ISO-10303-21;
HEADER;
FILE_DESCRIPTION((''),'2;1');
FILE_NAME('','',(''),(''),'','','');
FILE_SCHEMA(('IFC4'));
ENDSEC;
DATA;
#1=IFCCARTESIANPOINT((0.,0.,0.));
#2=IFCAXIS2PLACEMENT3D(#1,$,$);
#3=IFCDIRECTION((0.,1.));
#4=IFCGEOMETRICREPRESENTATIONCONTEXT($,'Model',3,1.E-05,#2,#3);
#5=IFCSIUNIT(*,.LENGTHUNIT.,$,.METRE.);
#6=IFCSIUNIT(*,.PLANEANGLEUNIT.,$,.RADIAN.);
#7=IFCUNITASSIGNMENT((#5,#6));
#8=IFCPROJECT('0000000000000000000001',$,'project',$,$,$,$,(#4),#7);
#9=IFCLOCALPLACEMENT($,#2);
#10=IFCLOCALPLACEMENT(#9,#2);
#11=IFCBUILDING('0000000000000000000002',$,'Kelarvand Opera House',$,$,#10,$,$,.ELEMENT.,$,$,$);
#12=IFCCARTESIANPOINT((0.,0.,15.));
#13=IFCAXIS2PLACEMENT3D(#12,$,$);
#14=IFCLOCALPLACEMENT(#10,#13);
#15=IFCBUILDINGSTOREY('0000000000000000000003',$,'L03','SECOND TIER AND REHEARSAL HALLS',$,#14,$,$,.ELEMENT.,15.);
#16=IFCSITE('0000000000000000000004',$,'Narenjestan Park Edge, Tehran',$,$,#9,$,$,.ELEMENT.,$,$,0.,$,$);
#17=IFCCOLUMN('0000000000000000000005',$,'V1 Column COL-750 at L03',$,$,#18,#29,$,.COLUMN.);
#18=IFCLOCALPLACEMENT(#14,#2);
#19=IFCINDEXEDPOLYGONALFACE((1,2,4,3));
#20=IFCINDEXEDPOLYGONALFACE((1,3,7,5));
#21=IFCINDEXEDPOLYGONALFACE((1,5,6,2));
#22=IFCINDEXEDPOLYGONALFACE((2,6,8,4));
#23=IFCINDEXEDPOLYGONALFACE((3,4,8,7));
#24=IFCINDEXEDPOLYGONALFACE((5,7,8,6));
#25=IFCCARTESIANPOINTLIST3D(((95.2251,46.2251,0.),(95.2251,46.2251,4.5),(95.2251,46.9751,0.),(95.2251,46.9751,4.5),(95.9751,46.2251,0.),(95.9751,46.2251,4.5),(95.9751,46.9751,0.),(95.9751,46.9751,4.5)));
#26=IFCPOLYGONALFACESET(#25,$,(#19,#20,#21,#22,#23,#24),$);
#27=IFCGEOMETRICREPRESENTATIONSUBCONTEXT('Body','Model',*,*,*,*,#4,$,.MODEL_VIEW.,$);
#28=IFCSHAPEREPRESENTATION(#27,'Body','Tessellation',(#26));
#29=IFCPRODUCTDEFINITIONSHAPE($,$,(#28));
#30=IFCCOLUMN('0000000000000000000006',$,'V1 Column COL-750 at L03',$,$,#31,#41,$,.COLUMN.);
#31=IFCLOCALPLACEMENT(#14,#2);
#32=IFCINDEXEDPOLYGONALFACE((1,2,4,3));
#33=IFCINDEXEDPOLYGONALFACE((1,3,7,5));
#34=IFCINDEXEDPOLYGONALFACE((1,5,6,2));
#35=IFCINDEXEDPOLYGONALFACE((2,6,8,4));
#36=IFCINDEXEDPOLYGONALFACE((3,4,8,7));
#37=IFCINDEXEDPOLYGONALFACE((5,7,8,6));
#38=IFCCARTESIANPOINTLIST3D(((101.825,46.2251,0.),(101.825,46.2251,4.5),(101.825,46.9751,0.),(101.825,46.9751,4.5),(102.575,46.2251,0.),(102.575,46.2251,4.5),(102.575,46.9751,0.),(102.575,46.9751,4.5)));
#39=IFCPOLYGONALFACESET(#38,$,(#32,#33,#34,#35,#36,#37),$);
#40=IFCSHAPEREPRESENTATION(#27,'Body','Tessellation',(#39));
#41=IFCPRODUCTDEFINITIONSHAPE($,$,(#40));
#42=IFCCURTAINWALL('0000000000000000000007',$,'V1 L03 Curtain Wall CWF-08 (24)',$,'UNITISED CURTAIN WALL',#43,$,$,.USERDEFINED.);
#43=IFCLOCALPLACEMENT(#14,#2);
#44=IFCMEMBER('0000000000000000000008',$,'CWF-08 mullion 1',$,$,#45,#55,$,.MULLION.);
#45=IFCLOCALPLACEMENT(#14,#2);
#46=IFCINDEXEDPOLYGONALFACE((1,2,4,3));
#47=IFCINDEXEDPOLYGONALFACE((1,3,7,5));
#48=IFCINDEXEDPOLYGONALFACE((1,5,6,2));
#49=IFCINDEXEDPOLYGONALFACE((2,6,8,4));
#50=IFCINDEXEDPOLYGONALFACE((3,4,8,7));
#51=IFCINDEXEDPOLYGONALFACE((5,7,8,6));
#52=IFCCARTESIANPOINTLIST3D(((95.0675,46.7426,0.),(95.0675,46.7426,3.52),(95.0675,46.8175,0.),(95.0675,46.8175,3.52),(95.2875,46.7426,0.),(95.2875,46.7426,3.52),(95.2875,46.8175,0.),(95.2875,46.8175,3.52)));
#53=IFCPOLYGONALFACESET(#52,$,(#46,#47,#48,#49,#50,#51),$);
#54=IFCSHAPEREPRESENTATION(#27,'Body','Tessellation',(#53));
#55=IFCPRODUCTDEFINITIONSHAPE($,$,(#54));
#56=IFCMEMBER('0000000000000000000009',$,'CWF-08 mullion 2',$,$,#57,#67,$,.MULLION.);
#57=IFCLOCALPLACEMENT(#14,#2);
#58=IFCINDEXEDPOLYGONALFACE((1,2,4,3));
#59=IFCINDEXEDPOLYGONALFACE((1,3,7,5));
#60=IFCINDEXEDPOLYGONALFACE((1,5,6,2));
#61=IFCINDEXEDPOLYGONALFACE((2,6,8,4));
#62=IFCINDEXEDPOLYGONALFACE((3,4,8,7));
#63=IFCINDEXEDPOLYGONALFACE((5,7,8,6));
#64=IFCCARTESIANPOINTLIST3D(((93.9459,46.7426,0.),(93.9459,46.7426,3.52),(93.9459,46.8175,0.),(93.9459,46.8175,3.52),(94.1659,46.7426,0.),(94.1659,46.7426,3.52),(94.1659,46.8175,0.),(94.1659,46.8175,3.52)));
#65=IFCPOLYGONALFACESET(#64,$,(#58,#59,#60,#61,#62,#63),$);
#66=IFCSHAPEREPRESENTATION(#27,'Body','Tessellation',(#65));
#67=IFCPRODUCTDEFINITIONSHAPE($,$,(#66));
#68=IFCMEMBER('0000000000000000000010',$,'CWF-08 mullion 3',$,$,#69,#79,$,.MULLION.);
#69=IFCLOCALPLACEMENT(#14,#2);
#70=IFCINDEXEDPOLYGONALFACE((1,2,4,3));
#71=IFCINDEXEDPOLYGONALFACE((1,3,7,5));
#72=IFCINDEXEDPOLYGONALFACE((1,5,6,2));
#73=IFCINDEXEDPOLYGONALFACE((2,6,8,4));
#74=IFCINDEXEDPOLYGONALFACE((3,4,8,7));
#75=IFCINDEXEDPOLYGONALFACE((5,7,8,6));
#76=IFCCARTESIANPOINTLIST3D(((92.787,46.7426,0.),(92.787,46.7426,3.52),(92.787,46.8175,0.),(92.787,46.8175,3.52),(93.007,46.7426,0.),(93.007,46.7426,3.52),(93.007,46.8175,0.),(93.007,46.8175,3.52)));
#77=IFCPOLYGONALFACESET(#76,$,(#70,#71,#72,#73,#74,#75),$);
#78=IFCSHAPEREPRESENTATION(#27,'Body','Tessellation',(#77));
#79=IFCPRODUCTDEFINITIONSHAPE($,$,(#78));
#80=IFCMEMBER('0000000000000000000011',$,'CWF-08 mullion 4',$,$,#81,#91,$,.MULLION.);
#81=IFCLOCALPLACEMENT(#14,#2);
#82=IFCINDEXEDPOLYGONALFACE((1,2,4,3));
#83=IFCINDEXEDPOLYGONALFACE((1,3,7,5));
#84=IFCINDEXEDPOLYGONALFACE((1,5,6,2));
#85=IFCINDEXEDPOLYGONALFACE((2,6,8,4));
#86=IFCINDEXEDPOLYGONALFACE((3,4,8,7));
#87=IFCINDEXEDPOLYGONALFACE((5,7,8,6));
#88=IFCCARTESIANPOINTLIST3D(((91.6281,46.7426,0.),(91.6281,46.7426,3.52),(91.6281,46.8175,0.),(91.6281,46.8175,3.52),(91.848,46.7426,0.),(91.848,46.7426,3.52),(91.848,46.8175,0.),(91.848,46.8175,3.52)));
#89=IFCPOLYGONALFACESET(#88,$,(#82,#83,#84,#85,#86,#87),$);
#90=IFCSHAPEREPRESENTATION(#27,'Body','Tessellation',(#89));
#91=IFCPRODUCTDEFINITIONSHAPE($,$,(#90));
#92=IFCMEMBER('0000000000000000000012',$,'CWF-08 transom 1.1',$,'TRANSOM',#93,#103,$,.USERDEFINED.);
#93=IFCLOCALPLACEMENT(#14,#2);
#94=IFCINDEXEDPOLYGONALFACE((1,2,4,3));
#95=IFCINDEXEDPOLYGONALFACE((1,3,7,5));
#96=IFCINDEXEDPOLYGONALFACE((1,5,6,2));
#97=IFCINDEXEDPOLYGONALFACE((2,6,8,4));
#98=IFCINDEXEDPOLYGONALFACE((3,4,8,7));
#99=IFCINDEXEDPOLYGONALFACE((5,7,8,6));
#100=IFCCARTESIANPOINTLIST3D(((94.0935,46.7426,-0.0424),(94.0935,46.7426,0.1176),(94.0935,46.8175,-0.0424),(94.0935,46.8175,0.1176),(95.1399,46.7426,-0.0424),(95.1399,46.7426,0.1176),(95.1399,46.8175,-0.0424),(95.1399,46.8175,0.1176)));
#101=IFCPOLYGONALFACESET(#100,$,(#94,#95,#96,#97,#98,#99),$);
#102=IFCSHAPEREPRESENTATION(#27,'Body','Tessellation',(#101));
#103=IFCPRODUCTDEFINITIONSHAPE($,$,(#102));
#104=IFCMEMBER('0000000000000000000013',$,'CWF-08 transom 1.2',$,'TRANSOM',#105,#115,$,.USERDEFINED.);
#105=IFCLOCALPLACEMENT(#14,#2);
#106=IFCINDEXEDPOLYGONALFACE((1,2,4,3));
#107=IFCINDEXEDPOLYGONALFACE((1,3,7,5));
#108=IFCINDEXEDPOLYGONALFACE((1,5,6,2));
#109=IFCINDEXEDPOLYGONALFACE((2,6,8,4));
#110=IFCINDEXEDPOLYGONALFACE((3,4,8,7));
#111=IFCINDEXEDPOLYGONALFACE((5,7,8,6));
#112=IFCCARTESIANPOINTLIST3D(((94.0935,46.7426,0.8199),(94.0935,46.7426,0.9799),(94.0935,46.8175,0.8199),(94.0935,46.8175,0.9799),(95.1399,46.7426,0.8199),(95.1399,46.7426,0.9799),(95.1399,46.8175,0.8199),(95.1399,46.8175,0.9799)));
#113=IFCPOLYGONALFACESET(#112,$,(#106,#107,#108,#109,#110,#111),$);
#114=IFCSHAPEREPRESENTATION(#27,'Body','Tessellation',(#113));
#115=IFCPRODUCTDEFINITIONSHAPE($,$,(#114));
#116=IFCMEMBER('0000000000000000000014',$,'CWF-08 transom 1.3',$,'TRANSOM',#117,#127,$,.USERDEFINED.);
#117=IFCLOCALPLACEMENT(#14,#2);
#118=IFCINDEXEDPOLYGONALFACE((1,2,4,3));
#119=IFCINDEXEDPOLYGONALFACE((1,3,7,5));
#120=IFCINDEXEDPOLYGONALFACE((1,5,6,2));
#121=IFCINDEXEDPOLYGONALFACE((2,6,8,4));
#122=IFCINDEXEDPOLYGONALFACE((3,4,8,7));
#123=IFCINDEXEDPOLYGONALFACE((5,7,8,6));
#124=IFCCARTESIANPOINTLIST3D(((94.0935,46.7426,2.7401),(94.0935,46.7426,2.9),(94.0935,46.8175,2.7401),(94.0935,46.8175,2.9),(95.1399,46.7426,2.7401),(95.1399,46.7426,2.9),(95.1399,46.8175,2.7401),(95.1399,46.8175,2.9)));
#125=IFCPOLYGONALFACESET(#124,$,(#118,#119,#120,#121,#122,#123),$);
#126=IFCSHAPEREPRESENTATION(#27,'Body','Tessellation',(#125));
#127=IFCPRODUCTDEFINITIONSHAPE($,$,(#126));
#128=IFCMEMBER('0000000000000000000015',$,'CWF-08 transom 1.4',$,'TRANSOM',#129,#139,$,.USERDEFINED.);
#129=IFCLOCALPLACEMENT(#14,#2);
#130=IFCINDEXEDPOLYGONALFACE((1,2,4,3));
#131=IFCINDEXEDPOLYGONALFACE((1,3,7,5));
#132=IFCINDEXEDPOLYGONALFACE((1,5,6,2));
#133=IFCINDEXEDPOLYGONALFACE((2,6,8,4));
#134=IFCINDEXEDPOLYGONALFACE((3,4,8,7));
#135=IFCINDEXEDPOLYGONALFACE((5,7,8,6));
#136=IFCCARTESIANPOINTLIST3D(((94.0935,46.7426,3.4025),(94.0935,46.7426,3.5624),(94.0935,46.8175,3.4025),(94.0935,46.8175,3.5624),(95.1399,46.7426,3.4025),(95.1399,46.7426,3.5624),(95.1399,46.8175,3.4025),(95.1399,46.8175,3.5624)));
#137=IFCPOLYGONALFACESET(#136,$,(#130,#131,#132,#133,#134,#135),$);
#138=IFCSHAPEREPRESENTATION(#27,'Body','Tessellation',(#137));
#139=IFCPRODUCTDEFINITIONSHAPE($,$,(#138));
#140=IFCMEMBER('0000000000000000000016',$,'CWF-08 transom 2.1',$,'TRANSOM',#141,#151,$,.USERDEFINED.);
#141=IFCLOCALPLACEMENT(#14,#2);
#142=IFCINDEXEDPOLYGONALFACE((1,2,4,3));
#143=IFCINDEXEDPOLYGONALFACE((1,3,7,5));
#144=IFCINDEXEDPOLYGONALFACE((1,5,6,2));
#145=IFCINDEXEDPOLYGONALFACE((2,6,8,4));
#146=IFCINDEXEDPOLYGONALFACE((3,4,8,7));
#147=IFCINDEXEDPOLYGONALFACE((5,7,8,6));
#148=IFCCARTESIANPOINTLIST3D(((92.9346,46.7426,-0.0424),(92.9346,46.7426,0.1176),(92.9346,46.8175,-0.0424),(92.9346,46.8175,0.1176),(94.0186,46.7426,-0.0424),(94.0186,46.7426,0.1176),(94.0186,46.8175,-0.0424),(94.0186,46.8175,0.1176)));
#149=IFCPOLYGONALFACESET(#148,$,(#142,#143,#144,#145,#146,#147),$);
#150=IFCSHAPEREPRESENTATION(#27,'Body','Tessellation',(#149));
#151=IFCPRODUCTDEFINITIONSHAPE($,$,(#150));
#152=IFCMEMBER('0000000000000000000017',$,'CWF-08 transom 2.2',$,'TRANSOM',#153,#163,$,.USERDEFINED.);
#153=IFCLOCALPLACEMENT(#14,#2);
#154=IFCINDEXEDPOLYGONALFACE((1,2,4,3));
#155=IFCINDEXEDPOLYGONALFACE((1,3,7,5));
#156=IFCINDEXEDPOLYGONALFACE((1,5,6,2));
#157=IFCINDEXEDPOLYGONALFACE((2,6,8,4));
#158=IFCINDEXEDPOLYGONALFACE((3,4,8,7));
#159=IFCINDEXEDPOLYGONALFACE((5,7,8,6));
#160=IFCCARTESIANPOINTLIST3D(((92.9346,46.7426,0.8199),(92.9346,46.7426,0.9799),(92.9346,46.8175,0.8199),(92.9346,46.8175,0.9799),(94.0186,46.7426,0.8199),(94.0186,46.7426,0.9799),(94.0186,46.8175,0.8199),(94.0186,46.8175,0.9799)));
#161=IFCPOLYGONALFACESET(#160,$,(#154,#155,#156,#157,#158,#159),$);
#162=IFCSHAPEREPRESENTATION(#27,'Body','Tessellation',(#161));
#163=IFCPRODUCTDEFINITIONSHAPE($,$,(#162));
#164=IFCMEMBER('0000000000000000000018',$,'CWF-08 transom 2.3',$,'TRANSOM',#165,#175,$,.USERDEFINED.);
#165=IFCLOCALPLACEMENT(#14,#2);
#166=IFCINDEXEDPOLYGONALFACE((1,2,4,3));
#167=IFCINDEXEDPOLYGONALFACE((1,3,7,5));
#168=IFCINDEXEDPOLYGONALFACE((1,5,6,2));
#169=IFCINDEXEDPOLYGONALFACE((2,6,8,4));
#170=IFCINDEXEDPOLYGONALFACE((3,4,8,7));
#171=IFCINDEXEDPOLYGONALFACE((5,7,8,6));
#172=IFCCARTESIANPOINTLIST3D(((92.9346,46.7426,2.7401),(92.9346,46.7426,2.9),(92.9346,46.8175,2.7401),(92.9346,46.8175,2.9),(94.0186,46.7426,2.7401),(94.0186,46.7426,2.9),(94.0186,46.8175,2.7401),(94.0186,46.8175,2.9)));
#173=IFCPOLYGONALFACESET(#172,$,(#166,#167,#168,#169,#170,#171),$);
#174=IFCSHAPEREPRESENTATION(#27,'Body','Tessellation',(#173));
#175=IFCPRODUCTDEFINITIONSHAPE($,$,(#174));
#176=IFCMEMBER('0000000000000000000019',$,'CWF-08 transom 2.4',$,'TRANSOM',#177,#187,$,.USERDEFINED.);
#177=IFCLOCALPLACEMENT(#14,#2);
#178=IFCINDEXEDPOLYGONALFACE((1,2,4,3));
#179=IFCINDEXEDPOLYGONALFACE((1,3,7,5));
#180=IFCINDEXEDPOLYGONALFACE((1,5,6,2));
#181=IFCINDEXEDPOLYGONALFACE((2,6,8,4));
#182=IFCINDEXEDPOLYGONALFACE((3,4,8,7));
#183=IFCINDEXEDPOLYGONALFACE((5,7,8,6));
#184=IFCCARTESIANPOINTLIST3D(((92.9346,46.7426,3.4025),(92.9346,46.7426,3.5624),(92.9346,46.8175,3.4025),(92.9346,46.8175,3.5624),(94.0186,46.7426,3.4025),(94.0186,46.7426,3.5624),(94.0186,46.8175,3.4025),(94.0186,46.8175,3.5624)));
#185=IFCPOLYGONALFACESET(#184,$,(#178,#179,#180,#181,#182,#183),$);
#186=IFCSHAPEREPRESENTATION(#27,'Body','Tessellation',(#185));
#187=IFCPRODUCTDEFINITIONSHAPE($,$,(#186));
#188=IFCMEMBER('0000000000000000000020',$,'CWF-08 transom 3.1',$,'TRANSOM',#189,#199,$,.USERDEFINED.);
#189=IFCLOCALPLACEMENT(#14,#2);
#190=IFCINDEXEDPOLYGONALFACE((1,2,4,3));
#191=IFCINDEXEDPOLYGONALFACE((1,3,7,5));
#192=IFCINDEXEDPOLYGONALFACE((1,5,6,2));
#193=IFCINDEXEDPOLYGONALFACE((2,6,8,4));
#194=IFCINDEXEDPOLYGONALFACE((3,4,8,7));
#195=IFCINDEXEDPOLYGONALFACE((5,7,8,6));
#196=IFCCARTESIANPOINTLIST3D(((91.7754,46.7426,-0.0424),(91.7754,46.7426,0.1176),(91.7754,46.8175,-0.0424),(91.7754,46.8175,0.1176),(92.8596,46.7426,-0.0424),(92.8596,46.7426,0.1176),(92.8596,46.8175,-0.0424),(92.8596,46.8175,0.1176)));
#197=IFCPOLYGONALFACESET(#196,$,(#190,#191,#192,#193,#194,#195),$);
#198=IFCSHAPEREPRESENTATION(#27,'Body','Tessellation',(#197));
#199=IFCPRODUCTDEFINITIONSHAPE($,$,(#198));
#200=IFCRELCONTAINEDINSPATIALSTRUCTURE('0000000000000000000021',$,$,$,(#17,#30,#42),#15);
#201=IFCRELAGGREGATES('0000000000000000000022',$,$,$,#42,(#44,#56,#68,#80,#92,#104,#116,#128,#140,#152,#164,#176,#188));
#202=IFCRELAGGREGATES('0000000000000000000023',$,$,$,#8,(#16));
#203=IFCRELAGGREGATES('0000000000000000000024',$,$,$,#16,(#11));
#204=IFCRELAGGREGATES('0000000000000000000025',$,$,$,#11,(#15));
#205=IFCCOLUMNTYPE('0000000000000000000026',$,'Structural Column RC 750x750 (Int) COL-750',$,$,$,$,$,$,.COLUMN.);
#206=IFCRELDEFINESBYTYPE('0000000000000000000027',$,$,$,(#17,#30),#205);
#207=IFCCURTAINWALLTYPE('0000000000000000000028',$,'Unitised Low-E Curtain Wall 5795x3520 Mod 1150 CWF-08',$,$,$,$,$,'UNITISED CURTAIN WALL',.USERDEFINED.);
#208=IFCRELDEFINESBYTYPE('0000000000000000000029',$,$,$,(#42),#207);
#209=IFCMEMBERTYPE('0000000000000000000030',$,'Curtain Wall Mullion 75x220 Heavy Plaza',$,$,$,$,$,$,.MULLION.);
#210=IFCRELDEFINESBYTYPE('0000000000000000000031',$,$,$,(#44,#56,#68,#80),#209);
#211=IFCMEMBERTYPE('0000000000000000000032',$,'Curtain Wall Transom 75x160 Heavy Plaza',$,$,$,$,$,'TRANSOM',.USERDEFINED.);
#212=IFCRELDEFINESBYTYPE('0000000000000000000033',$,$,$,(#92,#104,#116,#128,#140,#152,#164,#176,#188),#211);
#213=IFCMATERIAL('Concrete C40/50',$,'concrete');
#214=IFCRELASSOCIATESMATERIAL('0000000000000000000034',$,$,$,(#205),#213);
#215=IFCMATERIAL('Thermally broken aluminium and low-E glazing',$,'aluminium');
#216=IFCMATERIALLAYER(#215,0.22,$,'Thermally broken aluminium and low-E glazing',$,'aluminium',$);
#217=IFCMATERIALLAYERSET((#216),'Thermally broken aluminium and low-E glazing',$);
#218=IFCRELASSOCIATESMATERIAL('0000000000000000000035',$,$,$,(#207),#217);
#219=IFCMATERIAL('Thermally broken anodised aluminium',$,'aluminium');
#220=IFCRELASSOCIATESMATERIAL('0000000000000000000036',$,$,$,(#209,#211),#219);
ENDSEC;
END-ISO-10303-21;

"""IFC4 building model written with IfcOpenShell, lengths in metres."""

from ifc_helpers import new_model, si_unit, direction, frame, origin, origin_2d, place, context, subcontext, project, spatial, rectangle, extrude, material, layer, layer_set, material_profile, profile_set, type_object, element, aggregate, save


model = new_model("IFC4")

# Units and contexts
model_context = context("Model", 3, precision=1e-05, world=origin(), true_north=direction((0.0, 1.0)))
body_context = subcontext(model_context, "Body", "Model", "MODEL_VIEW")
ifc_project = project(units=[si_unit("LENGTHUNIT", "METRE"), si_unit("PLANEANGLEUNIT", "RADIAN")], contexts=[model_context])

# Site, building, storey
site_placement = place(None, origin())
site = spatial("IfcSite", under=ifc_project, at=site_placement, Name="Narenjestan Park Edge, Tehran", CompositionType="ELEMENT", RefElevation=0.0)
building_placement = place(site_placement, origin())
building = spatial("IfcBuilding", under=site, at=building_placement, Name="Kelarvand Opera House", CompositionType="ELEMENT")
storey_placement = place(building_placement, frame((0.0, 0.0, 15.0)))
storey = spatial("IfcBuildingStorey", under=building, at=storey_placement, Name="L03", Description="SECOND TIER AND REHEARSAL HALLS", CompositionType="ELEMENT", Elevation=15.0)

# Columns
ifc_material_1 = material(Name="Concrete C40/50", Category="concrete")
ifc_material_profile_1 = material_profile(ifc_material_1, rectangle(XDim=0.75, YDim=0.75, at=origin_2d()), Name="RC 750x750", Category="concrete")
ifc_profile_set_1 = profile_set([ifc_material_profile_1], Name="Concrete C40/50")
column_type = type_object("IfcColumnType", Name="Structural Column RC 750x750 (Int) COL-750", PredefinedType="COLUMN", material=ifc_profile_set_1)
for number, where, z_axis, x_axis, name in (
    (1, (95.6001, 46.6001, 0.0), (0.0, 0.0, 1.0), (1.0, 0.0, 0.0), "V1 Column COL-750 at L03"),
    (2, (102.2, 46.6001, 0.0), (0.0, 0.0, 1.0), (1.0, 0.0, 0.0), "V1 Column COL-750 at L03"),
):
    element("IfcColumn", number, at=place(storey_placement, frame(where, z_axis=z_axis, x_axis=x_axis)), inside=storey, type_object=column_type, Name=name, PredefinedType="COLUMN", context=body_context, shape_type="SweptSolid", body=[
        extrude(rectangle(XDim=0.75, YDim=0.75, at=origin_2d()), origin(), (0.0, 0.0, 1.0), 4.5),
    ])

# Curtain wall, members
ifc_material_2 = material(Name="Thermally broken aluminium and low-E glazing", Category="aluminium")
ifc_layer_1 = layer(ifc_material_2, 0.22, Name="Thermally broken aluminium and low-E glazing", Category="aluminium")
ifc_layer_set_1 = layer_set([ifc_layer_1], Name="Thermally broken aluminium and low-E glazing")
curtain_wall_type = type_object("IfcCurtainWallType", Name="Unitised Low-E Curtain Wall 5795x3520 Mod 1150 CWF-08", ElementType="UNITISED CURTAIN WALL", PredefinedType="USERDEFINED", material=ifc_layer_set_1)
curtain_wall_placement = place(storey_placement, origin())
curtain_wall = element("IfcCurtainWall", 3, at=curtain_wall_placement, inside=storey, type_object=curtain_wall_type, Name="V1 L03 Curtain Wall CWF-08 (24)", ObjectType="UNITISED CURTAIN WALL", PredefinedType="USERDEFINED")
ifc_material_3 = material(Name="Thermally broken anodised aluminium", Category="aluminium")
ifc_material_profile_2 = material_profile(ifc_material_3, rectangle(XDim=0.075, YDim=0.22, at=origin_2d()), Name="ALU MULLION 75x220", Category="aluminium")
ifc_profile_set_2 = profile_set([ifc_material_profile_2], Name="Thermally broken anodised aluminium")
member_type_1 = type_object("IfcMemberType", Name="Curtain Wall Mullion 75x220 Heavy Plaza", PredefinedType="MULLION", material=ifc_profile_set_2)
member_1_placement = place(storey_placement, frame((95.1775, 46.78, 0.0), z_axis=(0.0, 0.0, 1.0), x_axis=(0.0, -1.0, 0.0)))
member_1 = element("IfcMember", 4, at=member_1_placement, type_object=member_type_1, Name="CWF-08 mullion 1", PredefinedType="MULLION", context=body_context, shape_type="SweptSolid", body=[
    extrude(rectangle(XDim=0.075, YDim=0.22, at=origin_2d()), origin(), (0.0, 0.0, 1.0), 3.52),
])
member_2_placement = place(storey_placement, frame((94.0559, 46.78, 0.0), z_axis=(0.0, 0.0, 1.0), x_axis=(0.0, -1.0, 0.0)))
member_2 = element("IfcMember", 5, at=member_2_placement, type_object=member_type_1, Name="CWF-08 mullion 2", PredefinedType="MULLION", context=body_context, shape_type="SweptSolid", body=[
    extrude(rectangle(XDim=0.075, YDim=0.22, at=origin_2d()), origin(), (0.0, 0.0, 1.0), 3.52),
])
member_3_placement = place(storey_placement, frame((92.897, 46.78, 0.0), z_axis=(0.0, 0.0, 1.0), x_axis=(0.0, -1.0, 0.0)))
member_3 = element("IfcMember", 6, at=member_3_placement, type_object=member_type_1, Name="CWF-08 mullion 3", PredefinedType="MULLION", context=body_context, shape_type="SweptSolid", body=[
    extrude(rectangle(XDim=0.075, YDim=0.22, at=origin_2d()), origin(), (0.0, 0.0, 1.0), 3.52),
])
member_4_placement = place(storey_placement, frame((91.738, 46.78, 0.0), z_axis=(0.0, 0.0, 1.0), x_axis=(0.0, -1.0, 0.0)))
member_4 = element("IfcMember", 7, at=member_4_placement, type_object=member_type_1, Name="CWF-08 mullion 4", PredefinedType="MULLION", context=body_context, shape_type="SweptSolid", body=[
    extrude(rectangle(XDim=0.075, YDim=0.22, at=origin_2d()), origin(), (0.0, 0.0, 1.0), 3.52),
])
ifc_material_profile_3 = material_profile(ifc_material_3, rectangle(XDim=0.075, YDim=0.1599, at=origin_2d()), Name="ALU TRANSOM 75x160", Category="aluminium")
ifc_profile_set_3 = profile_set([ifc_material_profile_3], Name="Thermally broken anodised aluminium")
member_type_2 = type_object("IfcMemberType", Name="Curtain Wall Transom 75x160 Heavy Plaza", ElementType="TRANSOM", PredefinedType="USERDEFINED", material=ifc_profile_set_3)
member_5_placement = place(storey_placement, frame((95.1399, 46.78, 0.0376), z_axis=(-1.0, 0.0, 0.0), x_axis=(0.0, -1.0, 0.0)))
member_5 = element("IfcMember", 8, at=member_5_placement, type_object=member_type_2, Name="CWF-08 transom 1.1", ObjectType="TRANSOM", PredefinedType="USERDEFINED", context=body_context, shape_type="SweptSolid", body=[
    extrude(rectangle(XDim=0.075, YDim=0.1599, at=origin_2d()), origin(), (0.0, 0.0, 1.0), 1.0464),
])
member_6_placement = place(storey_placement, frame((95.1399, 46.78, 0.8999), z_axis=(-1.0, 0.0, 0.0), x_axis=(0.0, -1.0, 0.0)))
member_6 = element("IfcMember", 9, at=member_6_placement, type_object=member_type_2, Name="CWF-08 transom 1.2", ObjectType="TRANSOM", PredefinedType="USERDEFINED", context=body_context, shape_type="SweptSolid", body=[
    extrude(rectangle(XDim=0.075, YDim=0.1599, at=origin_2d()), origin(), (0.0, 0.0, 1.0), 1.0464),
])
member_7_placement = place(storey_placement, frame((95.1399, 46.78, 2.8201), z_axis=(-1.0, 0.0, 0.0), x_axis=(0.0, -1.0, 0.0)))
member_7 = element("IfcMember", 10, at=member_7_placement, type_object=member_type_2, Name="CWF-08 transom 1.3", ObjectType="TRANSOM", PredefinedType="USERDEFINED", context=body_context, shape_type="SweptSolid", body=[
    extrude(rectangle(XDim=0.075, YDim=0.1599, at=origin_2d()), origin(), (0.0, 0.0, 1.0), 1.0464),
])
member_8_placement = place(storey_placement, frame((95.1399, 46.78, 3.4824), z_axis=(-1.0, 0.0, 0.0), x_axis=(0.0, -1.0, 0.0)))
member_8 = element("IfcMember", 11, at=member_8_placement, type_object=member_type_2, Name="CWF-08 transom 1.4", ObjectType="TRANSOM", PredefinedType="USERDEFINED", context=body_context, shape_type="SweptSolid", body=[
    extrude(rectangle(XDim=0.075, YDim=0.1599, at=origin_2d()), origin(), (0.0, 0.0, 1.0), 1.0464),
])
member_9_placement = place(storey_placement, frame((94.0186, 46.78, 0.0376), z_axis=(-1.0, 0.0, 0.0), x_axis=(0.0, -1.0, 0.0)))
member_9 = element("IfcMember", 12, at=member_9_placement, type_object=member_type_2, Name="CWF-08 transom 2.1", ObjectType="TRANSOM", PredefinedType="USERDEFINED", context=body_context, shape_type="SweptSolid", body=[
    extrude(rectangle(XDim=0.075, YDim=0.1599, at=origin_2d()), origin(), (0.0, 0.0, 1.0), 1.084),
])
member_10_placement = place(storey_placement, frame((94.0186, 46.78, 0.8999), z_axis=(-1.0, 0.0, 0.0), x_axis=(0.0, -1.0, 0.0)))
member_10 = element("IfcMember", 13, at=member_10_placement, type_object=member_type_2, Name="CWF-08 transom 2.2", ObjectType="TRANSOM", PredefinedType="USERDEFINED", context=body_context, shape_type="SweptSolid", body=[
    extrude(rectangle(XDim=0.075, YDim=0.1599, at=origin_2d()), origin(), (0.0, 0.0, 1.0), 1.084),
])
member_11_placement = place(storey_placement, frame((94.0186, 46.78, 2.8201), z_axis=(-1.0, 0.0, 0.0), x_axis=(0.0, -1.0, 0.0)))
member_11 = element("IfcMember", 14, at=member_11_placement, type_object=member_type_2, Name="CWF-08 transom 2.3", ObjectType="TRANSOM", PredefinedType="USERDEFINED", context=body_context, shape_type="SweptSolid", body=[
    extrude(rectangle(XDim=0.075, YDim=0.1599, at=origin_2d()), origin(), (0.0, 0.0, 1.0), 1.084),
])
member_12_placement = place(storey_placement, frame((94.0186, 46.78, 3.4824), z_axis=(-1.0, 0.0, 0.0), x_axis=(0.0, -1.0, 0.0)))
member_12 = element("IfcMember", 15, at=member_12_placement, type_object=member_type_2, Name="CWF-08 transom 2.4", ObjectType="TRANSOM", PredefinedType="USERDEFINED", context=body_context, shape_type="SweptSolid", body=[
    extrude(rectangle(XDim=0.075, YDim=0.1599, at=origin_2d()), origin(), (0.0, 0.0, 1.0), 1.084),
])
member_13_placement = place(storey_placement, frame((92.8596, 46.78, 0.0376), z_axis=(-1.0, 0.0, 0.0), x_axis=(0.0, -1.0, 0.0)))
member_13 = element("IfcMember", 16, at=member_13_placement, type_object=member_type_2, Name="CWF-08 transom 3.1", ObjectType="TRANSOM", PredefinedType="USERDEFINED", context=body_context, shape_type="SweptSolid", body=[
    extrude(rectangle(XDim=0.075, YDim=0.1599, at=origin_2d()), origin(), (0.0, 0.0, 1.0), 1.0842),
])

aggregate(curtain_wall, [member_1, member_2, member_3, member_4, member_5, member_6, member_7, member_8, member_9, member_10, member_11, member_12, member_13])

save(model, "model.ifc")
